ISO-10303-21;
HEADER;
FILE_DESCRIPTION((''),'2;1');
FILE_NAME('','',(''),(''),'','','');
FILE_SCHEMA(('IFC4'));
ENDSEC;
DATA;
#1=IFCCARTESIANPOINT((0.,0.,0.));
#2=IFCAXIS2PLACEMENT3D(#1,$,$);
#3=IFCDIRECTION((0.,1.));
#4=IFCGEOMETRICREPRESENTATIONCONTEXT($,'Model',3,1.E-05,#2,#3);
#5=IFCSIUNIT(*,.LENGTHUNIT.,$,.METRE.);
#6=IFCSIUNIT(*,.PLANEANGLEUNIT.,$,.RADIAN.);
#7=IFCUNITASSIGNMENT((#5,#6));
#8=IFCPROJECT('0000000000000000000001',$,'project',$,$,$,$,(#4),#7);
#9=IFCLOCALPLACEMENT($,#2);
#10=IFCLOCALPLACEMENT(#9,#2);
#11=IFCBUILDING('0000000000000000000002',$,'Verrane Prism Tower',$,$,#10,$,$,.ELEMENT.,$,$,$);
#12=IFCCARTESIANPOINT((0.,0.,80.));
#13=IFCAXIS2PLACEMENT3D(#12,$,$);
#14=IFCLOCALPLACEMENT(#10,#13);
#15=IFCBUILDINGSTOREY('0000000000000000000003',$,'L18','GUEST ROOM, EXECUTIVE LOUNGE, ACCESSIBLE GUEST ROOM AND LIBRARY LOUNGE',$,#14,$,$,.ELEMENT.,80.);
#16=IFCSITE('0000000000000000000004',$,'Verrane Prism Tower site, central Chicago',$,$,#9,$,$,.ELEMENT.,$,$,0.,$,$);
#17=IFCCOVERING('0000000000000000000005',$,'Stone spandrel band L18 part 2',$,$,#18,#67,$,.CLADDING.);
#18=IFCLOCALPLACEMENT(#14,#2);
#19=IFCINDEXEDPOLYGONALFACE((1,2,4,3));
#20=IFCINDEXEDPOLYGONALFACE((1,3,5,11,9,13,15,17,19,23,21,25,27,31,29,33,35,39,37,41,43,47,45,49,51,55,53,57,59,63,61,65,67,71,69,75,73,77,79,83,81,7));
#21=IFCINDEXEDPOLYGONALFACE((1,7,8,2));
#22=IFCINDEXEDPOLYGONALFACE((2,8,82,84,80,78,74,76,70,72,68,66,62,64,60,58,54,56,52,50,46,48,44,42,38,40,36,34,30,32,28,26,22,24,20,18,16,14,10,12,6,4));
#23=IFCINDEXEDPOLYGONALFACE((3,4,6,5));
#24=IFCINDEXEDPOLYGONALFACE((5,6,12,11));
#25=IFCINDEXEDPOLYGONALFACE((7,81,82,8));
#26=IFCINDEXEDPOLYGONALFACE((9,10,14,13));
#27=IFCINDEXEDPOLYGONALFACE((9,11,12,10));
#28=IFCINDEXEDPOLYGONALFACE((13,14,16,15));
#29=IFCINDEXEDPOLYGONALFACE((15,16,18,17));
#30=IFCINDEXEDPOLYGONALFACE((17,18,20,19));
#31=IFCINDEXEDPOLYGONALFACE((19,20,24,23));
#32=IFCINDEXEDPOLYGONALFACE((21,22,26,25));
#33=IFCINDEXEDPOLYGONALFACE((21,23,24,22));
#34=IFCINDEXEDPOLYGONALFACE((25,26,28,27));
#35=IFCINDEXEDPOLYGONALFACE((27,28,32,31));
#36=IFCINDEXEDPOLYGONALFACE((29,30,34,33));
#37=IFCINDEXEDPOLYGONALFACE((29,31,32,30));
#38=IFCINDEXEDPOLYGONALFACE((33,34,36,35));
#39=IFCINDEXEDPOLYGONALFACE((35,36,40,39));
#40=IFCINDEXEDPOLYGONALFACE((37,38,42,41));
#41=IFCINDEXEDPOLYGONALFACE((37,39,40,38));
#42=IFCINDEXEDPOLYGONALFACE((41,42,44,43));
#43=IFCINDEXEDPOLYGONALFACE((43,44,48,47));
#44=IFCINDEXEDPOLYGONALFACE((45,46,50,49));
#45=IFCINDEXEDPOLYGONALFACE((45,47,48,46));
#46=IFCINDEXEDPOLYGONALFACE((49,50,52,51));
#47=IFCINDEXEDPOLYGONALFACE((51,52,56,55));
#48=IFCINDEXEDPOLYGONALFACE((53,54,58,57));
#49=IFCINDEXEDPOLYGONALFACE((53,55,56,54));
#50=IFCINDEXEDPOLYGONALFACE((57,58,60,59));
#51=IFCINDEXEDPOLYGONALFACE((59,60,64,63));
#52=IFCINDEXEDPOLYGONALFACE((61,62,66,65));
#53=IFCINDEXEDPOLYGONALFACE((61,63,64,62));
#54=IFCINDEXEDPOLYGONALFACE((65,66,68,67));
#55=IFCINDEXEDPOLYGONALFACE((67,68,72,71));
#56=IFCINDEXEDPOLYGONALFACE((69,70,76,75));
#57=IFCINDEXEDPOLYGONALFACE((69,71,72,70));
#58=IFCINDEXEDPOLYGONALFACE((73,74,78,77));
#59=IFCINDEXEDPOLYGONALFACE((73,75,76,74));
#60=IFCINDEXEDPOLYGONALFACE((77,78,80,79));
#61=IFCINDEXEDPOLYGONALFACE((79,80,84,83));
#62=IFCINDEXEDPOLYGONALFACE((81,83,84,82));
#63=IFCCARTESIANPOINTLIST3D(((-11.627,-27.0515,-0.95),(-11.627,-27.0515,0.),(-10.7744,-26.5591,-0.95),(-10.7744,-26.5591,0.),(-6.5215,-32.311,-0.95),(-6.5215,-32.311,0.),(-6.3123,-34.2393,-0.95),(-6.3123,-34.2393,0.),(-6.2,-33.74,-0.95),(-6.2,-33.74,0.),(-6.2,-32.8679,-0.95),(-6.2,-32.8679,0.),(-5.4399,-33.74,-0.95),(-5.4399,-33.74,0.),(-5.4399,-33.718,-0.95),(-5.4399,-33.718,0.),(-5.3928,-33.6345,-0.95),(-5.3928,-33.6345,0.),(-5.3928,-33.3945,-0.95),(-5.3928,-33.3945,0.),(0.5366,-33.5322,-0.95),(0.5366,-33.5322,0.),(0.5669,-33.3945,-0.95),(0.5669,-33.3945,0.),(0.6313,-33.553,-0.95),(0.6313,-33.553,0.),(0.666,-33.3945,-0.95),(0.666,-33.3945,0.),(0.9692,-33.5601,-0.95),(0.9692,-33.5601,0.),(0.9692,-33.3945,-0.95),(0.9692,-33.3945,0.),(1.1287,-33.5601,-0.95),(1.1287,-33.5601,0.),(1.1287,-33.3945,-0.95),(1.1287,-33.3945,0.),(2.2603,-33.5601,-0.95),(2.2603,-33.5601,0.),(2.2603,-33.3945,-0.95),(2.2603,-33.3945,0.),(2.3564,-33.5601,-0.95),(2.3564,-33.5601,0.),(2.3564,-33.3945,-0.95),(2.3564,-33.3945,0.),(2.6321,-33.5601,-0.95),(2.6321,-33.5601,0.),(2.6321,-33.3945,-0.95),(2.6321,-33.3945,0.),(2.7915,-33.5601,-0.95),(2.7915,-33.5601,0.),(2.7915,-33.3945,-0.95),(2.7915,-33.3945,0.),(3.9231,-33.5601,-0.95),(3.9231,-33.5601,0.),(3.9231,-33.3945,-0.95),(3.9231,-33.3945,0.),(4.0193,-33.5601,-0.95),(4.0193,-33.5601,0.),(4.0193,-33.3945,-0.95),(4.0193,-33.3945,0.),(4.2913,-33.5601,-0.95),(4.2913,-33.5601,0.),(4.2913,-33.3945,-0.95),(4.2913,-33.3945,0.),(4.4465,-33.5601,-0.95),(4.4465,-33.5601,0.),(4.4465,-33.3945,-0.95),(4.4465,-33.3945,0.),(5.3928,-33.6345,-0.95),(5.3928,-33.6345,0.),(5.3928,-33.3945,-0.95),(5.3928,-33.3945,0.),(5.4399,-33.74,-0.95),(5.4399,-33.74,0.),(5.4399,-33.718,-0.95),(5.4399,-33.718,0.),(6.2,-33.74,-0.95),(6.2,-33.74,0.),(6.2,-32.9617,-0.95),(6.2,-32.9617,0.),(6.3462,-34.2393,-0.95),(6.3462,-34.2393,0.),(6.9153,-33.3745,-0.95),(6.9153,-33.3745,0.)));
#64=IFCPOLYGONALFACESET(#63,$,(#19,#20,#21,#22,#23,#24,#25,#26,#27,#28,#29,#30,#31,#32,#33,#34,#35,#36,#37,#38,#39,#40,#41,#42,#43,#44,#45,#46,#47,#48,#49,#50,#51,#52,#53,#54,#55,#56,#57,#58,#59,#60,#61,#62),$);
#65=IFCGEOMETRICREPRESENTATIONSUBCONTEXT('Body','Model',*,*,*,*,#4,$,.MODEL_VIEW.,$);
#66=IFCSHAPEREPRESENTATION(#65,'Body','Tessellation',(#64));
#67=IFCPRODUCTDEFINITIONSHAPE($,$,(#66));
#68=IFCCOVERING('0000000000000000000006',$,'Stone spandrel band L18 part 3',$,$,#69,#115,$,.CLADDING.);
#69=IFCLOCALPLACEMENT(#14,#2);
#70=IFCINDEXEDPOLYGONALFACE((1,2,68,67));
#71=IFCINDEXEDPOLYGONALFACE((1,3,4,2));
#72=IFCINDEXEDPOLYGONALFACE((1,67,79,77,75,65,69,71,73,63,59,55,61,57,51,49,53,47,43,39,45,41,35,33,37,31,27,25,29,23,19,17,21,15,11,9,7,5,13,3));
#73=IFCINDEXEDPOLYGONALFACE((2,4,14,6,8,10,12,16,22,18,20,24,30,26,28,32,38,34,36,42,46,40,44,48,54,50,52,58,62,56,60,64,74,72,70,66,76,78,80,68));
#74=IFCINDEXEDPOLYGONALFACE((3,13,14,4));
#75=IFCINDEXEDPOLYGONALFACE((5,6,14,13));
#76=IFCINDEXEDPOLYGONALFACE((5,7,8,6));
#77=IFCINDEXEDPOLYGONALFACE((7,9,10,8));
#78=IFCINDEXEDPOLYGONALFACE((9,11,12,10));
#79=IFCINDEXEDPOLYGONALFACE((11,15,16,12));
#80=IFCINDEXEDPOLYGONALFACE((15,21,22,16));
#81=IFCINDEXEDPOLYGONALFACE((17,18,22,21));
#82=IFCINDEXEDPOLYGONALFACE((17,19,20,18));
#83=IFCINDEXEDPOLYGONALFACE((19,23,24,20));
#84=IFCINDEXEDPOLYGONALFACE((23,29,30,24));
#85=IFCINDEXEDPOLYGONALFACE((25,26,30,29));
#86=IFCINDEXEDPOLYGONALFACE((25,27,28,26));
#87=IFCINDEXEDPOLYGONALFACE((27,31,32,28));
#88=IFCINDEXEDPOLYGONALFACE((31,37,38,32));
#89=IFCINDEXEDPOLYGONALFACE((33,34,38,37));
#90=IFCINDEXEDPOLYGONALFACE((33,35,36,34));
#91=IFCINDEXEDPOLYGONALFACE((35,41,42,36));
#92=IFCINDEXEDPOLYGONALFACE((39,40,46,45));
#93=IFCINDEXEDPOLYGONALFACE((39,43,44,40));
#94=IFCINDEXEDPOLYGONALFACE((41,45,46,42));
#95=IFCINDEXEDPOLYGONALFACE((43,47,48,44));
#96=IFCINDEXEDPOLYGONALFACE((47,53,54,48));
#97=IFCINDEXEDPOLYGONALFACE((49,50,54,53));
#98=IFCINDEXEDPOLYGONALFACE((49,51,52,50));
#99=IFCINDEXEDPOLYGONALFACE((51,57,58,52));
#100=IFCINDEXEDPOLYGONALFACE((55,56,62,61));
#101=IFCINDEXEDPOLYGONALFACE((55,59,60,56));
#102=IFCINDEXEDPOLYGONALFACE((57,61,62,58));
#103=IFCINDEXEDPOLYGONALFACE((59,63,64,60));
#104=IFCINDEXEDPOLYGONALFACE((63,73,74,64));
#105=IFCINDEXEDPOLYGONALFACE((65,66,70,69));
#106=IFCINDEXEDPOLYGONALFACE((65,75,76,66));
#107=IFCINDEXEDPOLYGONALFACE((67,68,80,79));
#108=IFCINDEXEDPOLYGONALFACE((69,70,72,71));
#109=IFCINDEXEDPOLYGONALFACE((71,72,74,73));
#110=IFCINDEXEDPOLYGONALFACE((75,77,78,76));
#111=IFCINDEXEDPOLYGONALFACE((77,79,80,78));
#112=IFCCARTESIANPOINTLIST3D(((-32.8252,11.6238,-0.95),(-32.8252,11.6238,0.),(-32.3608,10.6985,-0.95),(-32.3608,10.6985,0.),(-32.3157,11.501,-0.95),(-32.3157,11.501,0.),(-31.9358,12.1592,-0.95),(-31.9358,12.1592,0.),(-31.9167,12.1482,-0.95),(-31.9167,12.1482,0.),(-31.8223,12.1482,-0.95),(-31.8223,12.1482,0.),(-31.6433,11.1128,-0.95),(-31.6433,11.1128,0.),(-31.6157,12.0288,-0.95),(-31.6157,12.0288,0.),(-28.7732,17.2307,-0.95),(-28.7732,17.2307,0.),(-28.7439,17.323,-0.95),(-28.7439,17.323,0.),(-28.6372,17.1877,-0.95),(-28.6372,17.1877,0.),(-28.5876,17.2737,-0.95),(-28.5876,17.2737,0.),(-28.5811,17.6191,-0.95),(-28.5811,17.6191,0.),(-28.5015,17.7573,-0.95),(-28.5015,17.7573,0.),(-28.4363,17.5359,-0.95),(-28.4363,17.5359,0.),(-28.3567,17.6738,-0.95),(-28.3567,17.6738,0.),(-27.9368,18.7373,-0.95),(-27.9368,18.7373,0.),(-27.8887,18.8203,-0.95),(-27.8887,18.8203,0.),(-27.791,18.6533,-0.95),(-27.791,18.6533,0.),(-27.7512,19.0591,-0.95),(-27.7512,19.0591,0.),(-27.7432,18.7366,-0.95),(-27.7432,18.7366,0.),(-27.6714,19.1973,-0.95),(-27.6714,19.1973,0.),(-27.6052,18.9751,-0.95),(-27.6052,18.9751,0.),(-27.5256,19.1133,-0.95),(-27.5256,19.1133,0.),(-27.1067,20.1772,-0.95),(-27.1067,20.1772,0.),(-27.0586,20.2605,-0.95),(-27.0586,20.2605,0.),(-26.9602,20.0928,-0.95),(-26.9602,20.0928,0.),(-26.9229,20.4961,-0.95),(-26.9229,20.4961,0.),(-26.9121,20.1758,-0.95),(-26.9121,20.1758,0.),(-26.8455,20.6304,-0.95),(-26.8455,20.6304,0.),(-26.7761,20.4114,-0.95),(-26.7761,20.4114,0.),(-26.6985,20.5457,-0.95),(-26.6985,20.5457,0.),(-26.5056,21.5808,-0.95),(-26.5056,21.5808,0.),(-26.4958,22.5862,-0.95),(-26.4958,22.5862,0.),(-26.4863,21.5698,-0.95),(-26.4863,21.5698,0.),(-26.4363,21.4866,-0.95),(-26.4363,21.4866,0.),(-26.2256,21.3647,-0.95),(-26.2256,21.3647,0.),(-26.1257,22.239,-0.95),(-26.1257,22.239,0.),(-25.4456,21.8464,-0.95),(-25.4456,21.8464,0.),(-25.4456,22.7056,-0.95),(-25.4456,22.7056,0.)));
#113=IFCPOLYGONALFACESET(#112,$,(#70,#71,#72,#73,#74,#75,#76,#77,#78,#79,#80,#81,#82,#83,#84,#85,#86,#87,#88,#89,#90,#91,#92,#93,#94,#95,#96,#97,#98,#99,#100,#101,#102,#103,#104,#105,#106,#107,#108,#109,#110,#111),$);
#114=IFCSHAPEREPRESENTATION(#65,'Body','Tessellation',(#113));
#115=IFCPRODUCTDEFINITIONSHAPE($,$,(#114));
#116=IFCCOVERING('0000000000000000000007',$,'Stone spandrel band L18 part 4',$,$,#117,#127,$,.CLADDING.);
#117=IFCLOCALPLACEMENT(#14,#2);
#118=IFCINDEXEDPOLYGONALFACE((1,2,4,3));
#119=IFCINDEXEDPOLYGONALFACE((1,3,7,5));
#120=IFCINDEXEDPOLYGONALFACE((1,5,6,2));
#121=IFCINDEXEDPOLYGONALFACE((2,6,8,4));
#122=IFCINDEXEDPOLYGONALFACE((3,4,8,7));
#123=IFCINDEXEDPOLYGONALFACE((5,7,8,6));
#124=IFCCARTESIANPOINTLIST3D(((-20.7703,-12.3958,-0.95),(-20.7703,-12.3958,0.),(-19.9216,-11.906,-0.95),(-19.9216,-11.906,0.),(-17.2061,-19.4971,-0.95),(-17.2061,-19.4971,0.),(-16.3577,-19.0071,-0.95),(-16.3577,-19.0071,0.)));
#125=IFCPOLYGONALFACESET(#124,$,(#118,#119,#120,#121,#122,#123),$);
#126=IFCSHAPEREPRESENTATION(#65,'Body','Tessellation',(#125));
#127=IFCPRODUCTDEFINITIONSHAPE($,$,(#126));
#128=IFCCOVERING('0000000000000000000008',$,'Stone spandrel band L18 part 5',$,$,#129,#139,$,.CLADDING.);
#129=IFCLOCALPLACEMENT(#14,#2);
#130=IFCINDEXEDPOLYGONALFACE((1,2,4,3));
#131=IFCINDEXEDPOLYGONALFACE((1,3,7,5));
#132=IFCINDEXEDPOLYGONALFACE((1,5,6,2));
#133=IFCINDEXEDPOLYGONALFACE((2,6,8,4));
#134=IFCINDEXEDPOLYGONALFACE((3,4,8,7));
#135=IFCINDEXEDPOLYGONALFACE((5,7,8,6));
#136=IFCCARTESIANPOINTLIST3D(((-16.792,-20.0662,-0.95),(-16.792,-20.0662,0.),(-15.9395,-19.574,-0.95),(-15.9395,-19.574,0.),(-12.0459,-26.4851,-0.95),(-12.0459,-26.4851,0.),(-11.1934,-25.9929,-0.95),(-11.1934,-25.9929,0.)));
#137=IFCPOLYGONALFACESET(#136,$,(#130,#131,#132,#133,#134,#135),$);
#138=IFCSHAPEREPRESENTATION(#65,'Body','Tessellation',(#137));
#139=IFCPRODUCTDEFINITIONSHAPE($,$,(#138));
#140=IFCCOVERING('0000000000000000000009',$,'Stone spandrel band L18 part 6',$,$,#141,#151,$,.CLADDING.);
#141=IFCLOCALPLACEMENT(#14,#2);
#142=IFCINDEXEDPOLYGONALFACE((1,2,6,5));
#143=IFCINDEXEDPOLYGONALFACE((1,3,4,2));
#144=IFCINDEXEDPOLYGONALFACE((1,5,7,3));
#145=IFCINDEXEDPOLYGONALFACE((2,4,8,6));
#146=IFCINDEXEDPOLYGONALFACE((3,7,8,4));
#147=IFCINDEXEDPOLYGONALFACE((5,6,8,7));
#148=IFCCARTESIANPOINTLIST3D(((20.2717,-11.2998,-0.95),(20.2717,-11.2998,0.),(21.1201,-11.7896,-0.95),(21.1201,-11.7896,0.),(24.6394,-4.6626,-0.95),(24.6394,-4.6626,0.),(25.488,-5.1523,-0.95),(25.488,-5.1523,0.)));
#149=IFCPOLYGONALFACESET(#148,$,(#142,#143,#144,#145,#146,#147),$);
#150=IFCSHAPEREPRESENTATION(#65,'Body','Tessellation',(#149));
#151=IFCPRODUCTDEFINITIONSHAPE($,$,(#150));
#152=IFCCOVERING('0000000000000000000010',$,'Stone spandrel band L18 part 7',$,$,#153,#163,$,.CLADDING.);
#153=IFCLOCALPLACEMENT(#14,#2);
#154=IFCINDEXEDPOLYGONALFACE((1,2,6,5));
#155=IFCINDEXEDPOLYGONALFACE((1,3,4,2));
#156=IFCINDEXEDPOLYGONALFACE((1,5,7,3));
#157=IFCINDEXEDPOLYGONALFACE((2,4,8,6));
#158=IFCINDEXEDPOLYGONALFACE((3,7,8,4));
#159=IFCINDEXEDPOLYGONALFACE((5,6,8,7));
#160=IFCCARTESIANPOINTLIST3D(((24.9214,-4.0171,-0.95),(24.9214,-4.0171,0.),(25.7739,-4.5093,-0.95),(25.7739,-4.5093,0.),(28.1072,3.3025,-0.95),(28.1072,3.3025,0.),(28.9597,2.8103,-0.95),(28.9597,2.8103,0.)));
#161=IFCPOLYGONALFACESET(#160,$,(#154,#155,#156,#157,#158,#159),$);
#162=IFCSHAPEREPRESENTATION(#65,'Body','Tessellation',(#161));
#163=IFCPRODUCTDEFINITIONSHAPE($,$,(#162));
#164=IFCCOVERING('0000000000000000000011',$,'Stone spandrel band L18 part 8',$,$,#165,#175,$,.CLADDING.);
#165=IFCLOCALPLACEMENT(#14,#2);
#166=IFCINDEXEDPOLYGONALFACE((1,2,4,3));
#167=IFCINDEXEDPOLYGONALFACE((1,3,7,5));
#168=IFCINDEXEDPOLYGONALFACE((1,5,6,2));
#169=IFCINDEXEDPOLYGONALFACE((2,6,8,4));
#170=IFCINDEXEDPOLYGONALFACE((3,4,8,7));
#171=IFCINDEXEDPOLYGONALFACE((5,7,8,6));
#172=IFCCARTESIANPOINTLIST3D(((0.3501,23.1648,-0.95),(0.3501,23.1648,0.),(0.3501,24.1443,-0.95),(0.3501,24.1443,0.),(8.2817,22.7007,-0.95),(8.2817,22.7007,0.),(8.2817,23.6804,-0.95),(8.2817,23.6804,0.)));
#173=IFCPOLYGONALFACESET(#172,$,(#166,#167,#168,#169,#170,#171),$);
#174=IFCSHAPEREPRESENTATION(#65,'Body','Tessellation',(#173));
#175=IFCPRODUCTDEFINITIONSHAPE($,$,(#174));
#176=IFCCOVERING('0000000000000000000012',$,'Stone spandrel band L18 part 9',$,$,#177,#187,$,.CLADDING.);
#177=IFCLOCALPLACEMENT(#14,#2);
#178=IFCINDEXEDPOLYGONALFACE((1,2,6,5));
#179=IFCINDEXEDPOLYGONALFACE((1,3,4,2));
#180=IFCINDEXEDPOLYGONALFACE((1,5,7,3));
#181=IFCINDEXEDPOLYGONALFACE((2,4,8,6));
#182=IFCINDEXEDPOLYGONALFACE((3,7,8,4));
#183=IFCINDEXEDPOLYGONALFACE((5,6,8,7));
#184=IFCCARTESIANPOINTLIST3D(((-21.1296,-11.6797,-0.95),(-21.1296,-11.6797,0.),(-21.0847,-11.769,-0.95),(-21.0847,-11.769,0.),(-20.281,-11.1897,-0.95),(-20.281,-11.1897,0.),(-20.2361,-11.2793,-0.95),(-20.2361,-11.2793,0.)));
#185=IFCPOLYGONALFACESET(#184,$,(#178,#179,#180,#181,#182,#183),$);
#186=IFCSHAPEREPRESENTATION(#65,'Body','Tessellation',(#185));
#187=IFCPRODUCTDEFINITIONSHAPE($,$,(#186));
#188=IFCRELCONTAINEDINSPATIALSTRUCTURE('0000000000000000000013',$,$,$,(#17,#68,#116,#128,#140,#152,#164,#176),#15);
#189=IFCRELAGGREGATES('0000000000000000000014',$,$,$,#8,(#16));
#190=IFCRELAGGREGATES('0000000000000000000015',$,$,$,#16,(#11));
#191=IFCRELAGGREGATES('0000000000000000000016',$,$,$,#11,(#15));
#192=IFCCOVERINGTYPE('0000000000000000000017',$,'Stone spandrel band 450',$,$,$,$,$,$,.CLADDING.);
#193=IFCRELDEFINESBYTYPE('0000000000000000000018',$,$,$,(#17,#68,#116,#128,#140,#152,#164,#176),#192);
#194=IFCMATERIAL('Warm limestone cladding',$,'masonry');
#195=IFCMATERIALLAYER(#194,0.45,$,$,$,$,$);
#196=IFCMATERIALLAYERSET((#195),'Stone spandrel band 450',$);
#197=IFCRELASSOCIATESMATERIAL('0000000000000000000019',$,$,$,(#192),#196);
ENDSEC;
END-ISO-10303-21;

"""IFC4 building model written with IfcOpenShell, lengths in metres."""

from ifc_helpers import new_model, si_unit, direction, frame, origin, place, context, subcontext, project, spatial, polyline, outline, extrude, material, layer, layer_set, type_object, element, save


model = new_model("IFC4")

# Units and contexts
model_context = context("Model", 3, precision=1e-05, world=origin(), true_north=direction((0.0, 1.0)))
body_context = subcontext(model_context, "Body", "Model", "MODEL_VIEW")
ifc_project = project(units=[si_unit("LENGTHUNIT", "METRE"), si_unit("PLANEANGLEUNIT", "RADIAN")], contexts=[model_context])

# Site, building, storey
site_placement = place(None, origin())
site = spatial("IfcSite", under=ifc_project, at=site_placement, Name="Verrane Prism Tower site, central Chicago", CompositionType="ELEMENT", RefElevation=0.0)
building_placement = place(site_placement, origin())
building = spatial("IfcBuilding", under=site, at=building_placement, Name="Verrane Prism Tower", CompositionType="ELEMENT")
storey_placement = place(building_placement, frame((0.0, 0.0, 80.0)))
storey = spatial("IfcBuildingStorey", under=building, at=storey_placement, Name="L18", Description="GUEST ROOM, EXECUTIVE LOUNGE, ACCESSIBLE GUEST ROOM AND LIBRARY LOUNGE", CompositionType="ELEMENT", Elevation=80.0)

# Coverings
ifc_material_1 = material(Name="Warm limestone cladding", Category="masonry")
ifc_layer_1 = layer(ifc_material_1, 0.45)
ifc_layer_set_1 = layer_set([ifc_layer_1], Name="Stone spandrel band 450")
covering_type_1 = type_object("IfcCoveringType", Name="Stone spandrel band 450", PredefinedType="CLADDING", material=ifc_layer_set_1)
covering_1_placement = place(storey_placement, frame((0.0, 0.0, -0.95)))
element("IfcCovering", 1, at=covering_1_placement, inside=storey, type_object=covering_type_1, Name="Stone spandrel band L18 part 2", PredefinedType="CLADDING", context=body_context, shape_type="SweptSolid", body=[
    extrude(outline(polyline([(6.3462, -34.2393), (6.9153, -33.3745), (6.2, -32.9617), (6.2, -33.74), (5.4399, -33.74), (5.4399, -33.718), (5.3928, -33.6345), (5.3928, -33.3945), (4.4465, -33.3945), (4.4465, -33.5601), (4.2913, -33.5601), (4.2913, -33.3945), (4.0193, -33.3945), (4.0193, -33.5601), (3.9231, -33.5601), (3.9231, -33.3945), (2.7915, -33.3945), (2.7915, -33.5601), (2.6321, -33.5601), (2.6321, -33.3945), (2.3564, -33.3945), (2.3564, -33.5601), (2.2603, -33.5601), (2.2603, -33.3945), (1.1287, -33.3945), (1.1287, -33.5601), (0.9692, -33.5601), (0.9692, -33.3945), (0.666, -33.3945), (0.6313, -33.553), (0.5366, -33.5322), (0.5669, -33.3945), (-5.3928, -33.3945), (-5.3928, -33.6345), (-5.4399, -33.718), (-5.4399, -33.74), (-6.2, -33.74), (-6.2, -32.8679), (-6.5215, -32.311), (-10.7744, -26.5591), (-11.627, -27.0515), (-6.3123, -34.2393), (6.3462, -34.2393)])), origin(), (0.0, 0.0, 1.0), 0.95),
])
covering_2_placement = place(storey_placement, frame((0.0, 0.0, -0.95)))
element("IfcCovering", 2, at=covering_2_placement, inside=storey, type_object=covering_type_1, Name="Stone spandrel band L18 part 3", PredefinedType="CLADDING", context=body_context, shape_type="SweptSolid", body=[
    extrude(outline(polyline([(-32.3608, 10.6985), (-31.6433, 11.1128), (-32.3157, 11.501), (-31.9358, 12.1592), (-31.9167, 12.1482), (-31.8223, 12.1482), (-31.6157, 12.0288), (-28.6372, 17.1877), (-28.7732, 17.2307), (-28.7439, 17.323), (-28.5876, 17.2737), (-28.4363, 17.5359), (-28.5811, 17.6191), (-28.5015, 17.7573), (-28.3567, 17.6738), (-27.791, 18.6533), (-27.9368, 18.7373), (-27.8887, 18.8203), (-27.7432, 18.7366), (-27.6052, 18.9751), (-27.7512, 19.0591), (-27.6714, 19.1973), (-27.5256, 19.1133), (-26.9602, 20.0928), (-27.1067, 20.1772), (-27.0586, 20.2605), (-26.9121, 20.1758), (-26.7761, 20.4114), (-26.9229, 20.4961), (-26.8455, 20.6304), (-26.6985, 20.5457), (-26.2256, 21.3647), (-26.4363, 21.4866), (-26.4863, 21.5698), (-26.5056, 21.5808), (-26.1257, 22.239), (-25.4456, 21.8464), (-25.4456, 22.7056), (-26.4958, 22.5862), (-32.8252, 11.6238), (-32.3608, 10.6985)])), origin(), (0.0, 0.0, 1.0), 0.95),
])
covering_3_placement = place(storey_placement, frame((0.0, 0.0, -0.95)))
element("IfcCovering", 3, at=covering_3_placement, inside=storey, type_object=covering_type_1, Name="Stone spandrel band L18 part 4", PredefinedType="CLADDING", context=body_context, shape_type="SweptSolid", body=[
    extrude(outline(polyline([(-20.7703, -12.3958), (-17.2061, -19.4971), (-16.3577, -19.0071), (-19.9216, -11.906), (-20.7703, -12.3958)])), origin(), (0.0, 0.0, 1.0), 0.95),
])
covering_4_placement = place(storey_placement, frame((0.0, 0.0, -0.95)))
element("IfcCovering", 4, at=covering_4_placement, inside=storey, type_object=covering_type_1, Name="Stone spandrel band L18 part 5", PredefinedType="CLADDING", context=body_context, shape_type="SweptSolid", body=[
    extrude(outline(polyline([(-16.792, -20.0662), (-12.0459, -26.4851), (-11.1934, -25.9929), (-15.9395, -19.574), (-16.792, -20.0662)])), origin(), (0.0, 0.0, 1.0), 0.95),
])
covering_5_placement = place(storey_placement, frame((0.0, 0.0, -0.95)))
element("IfcCovering", 5, at=covering_5_placement, inside=storey, type_object=covering_type_1, Name="Stone spandrel band L18 part 6", PredefinedType="CLADDING", context=body_context, shape_type="SweptSolid", body=[
    extrude(outline(polyline([(24.6394, -4.6626), (20.2717, -11.2998), (21.1201, -11.7896), (25.488, -5.1523), (24.6394, -4.6626)])), origin(), (0.0, 0.0, 1.0), 0.95),
])
covering_6_placement = place(storey_placement, frame((0.0, 0.0, -0.95)))
element("IfcCovering", 6, at=covering_6_placement, inside=storey, type_object=covering_type_1, Name="Stone spandrel band L18 part 7", PredefinedType="CLADDING", context=body_context, shape_type="SweptSolid", body=[
    extrude(outline(polyline([(25.7739, -4.5093), (28.9597, 2.8103), (28.1072, 3.3025), (24.9214, -4.0171), (25.7739, -4.5093)])), origin(), (0.0, 0.0, 1.0), 0.95),
])
covering_7_placement = place(storey_placement, frame((0.0, 0.0, -0.95)))
element("IfcCovering", 7, at=covering_7_placement, inside=storey, type_object=covering_type_1, Name="Stone spandrel band L18 part 8", PredefinedType="CLADDING", context=body_context, shape_type="SweptSolid", body=[
    extrude(outline(polyline([(0.3501, 23.1648), (8.2817, 22.7007), (8.2817, 23.6804), (0.3501, 24.1443), (0.3501, 23.1648)])), origin(), (0.0, 0.0, 1.0), 0.95),
])
covering_8_placement = place(storey_placement, frame((0.0, 0.0, -0.95)))
element("IfcCovering", 8, at=covering_8_placement, inside=storey, type_object=covering_type_1, Name="Stone spandrel band L18 part 9", PredefinedType="CLADDING", context=body_context, shape_type="SweptSolid", body=[
    extrude(outline(polyline([(-20.281, -11.1897), (-21.1296, -11.6797), (-21.0847, -11.769), (-20.2361, -11.2793), (-20.281, -11.1897)])), origin(), (0.0, 0.0, 1.0), 0.95),
])

save(model, "model.ifc")
